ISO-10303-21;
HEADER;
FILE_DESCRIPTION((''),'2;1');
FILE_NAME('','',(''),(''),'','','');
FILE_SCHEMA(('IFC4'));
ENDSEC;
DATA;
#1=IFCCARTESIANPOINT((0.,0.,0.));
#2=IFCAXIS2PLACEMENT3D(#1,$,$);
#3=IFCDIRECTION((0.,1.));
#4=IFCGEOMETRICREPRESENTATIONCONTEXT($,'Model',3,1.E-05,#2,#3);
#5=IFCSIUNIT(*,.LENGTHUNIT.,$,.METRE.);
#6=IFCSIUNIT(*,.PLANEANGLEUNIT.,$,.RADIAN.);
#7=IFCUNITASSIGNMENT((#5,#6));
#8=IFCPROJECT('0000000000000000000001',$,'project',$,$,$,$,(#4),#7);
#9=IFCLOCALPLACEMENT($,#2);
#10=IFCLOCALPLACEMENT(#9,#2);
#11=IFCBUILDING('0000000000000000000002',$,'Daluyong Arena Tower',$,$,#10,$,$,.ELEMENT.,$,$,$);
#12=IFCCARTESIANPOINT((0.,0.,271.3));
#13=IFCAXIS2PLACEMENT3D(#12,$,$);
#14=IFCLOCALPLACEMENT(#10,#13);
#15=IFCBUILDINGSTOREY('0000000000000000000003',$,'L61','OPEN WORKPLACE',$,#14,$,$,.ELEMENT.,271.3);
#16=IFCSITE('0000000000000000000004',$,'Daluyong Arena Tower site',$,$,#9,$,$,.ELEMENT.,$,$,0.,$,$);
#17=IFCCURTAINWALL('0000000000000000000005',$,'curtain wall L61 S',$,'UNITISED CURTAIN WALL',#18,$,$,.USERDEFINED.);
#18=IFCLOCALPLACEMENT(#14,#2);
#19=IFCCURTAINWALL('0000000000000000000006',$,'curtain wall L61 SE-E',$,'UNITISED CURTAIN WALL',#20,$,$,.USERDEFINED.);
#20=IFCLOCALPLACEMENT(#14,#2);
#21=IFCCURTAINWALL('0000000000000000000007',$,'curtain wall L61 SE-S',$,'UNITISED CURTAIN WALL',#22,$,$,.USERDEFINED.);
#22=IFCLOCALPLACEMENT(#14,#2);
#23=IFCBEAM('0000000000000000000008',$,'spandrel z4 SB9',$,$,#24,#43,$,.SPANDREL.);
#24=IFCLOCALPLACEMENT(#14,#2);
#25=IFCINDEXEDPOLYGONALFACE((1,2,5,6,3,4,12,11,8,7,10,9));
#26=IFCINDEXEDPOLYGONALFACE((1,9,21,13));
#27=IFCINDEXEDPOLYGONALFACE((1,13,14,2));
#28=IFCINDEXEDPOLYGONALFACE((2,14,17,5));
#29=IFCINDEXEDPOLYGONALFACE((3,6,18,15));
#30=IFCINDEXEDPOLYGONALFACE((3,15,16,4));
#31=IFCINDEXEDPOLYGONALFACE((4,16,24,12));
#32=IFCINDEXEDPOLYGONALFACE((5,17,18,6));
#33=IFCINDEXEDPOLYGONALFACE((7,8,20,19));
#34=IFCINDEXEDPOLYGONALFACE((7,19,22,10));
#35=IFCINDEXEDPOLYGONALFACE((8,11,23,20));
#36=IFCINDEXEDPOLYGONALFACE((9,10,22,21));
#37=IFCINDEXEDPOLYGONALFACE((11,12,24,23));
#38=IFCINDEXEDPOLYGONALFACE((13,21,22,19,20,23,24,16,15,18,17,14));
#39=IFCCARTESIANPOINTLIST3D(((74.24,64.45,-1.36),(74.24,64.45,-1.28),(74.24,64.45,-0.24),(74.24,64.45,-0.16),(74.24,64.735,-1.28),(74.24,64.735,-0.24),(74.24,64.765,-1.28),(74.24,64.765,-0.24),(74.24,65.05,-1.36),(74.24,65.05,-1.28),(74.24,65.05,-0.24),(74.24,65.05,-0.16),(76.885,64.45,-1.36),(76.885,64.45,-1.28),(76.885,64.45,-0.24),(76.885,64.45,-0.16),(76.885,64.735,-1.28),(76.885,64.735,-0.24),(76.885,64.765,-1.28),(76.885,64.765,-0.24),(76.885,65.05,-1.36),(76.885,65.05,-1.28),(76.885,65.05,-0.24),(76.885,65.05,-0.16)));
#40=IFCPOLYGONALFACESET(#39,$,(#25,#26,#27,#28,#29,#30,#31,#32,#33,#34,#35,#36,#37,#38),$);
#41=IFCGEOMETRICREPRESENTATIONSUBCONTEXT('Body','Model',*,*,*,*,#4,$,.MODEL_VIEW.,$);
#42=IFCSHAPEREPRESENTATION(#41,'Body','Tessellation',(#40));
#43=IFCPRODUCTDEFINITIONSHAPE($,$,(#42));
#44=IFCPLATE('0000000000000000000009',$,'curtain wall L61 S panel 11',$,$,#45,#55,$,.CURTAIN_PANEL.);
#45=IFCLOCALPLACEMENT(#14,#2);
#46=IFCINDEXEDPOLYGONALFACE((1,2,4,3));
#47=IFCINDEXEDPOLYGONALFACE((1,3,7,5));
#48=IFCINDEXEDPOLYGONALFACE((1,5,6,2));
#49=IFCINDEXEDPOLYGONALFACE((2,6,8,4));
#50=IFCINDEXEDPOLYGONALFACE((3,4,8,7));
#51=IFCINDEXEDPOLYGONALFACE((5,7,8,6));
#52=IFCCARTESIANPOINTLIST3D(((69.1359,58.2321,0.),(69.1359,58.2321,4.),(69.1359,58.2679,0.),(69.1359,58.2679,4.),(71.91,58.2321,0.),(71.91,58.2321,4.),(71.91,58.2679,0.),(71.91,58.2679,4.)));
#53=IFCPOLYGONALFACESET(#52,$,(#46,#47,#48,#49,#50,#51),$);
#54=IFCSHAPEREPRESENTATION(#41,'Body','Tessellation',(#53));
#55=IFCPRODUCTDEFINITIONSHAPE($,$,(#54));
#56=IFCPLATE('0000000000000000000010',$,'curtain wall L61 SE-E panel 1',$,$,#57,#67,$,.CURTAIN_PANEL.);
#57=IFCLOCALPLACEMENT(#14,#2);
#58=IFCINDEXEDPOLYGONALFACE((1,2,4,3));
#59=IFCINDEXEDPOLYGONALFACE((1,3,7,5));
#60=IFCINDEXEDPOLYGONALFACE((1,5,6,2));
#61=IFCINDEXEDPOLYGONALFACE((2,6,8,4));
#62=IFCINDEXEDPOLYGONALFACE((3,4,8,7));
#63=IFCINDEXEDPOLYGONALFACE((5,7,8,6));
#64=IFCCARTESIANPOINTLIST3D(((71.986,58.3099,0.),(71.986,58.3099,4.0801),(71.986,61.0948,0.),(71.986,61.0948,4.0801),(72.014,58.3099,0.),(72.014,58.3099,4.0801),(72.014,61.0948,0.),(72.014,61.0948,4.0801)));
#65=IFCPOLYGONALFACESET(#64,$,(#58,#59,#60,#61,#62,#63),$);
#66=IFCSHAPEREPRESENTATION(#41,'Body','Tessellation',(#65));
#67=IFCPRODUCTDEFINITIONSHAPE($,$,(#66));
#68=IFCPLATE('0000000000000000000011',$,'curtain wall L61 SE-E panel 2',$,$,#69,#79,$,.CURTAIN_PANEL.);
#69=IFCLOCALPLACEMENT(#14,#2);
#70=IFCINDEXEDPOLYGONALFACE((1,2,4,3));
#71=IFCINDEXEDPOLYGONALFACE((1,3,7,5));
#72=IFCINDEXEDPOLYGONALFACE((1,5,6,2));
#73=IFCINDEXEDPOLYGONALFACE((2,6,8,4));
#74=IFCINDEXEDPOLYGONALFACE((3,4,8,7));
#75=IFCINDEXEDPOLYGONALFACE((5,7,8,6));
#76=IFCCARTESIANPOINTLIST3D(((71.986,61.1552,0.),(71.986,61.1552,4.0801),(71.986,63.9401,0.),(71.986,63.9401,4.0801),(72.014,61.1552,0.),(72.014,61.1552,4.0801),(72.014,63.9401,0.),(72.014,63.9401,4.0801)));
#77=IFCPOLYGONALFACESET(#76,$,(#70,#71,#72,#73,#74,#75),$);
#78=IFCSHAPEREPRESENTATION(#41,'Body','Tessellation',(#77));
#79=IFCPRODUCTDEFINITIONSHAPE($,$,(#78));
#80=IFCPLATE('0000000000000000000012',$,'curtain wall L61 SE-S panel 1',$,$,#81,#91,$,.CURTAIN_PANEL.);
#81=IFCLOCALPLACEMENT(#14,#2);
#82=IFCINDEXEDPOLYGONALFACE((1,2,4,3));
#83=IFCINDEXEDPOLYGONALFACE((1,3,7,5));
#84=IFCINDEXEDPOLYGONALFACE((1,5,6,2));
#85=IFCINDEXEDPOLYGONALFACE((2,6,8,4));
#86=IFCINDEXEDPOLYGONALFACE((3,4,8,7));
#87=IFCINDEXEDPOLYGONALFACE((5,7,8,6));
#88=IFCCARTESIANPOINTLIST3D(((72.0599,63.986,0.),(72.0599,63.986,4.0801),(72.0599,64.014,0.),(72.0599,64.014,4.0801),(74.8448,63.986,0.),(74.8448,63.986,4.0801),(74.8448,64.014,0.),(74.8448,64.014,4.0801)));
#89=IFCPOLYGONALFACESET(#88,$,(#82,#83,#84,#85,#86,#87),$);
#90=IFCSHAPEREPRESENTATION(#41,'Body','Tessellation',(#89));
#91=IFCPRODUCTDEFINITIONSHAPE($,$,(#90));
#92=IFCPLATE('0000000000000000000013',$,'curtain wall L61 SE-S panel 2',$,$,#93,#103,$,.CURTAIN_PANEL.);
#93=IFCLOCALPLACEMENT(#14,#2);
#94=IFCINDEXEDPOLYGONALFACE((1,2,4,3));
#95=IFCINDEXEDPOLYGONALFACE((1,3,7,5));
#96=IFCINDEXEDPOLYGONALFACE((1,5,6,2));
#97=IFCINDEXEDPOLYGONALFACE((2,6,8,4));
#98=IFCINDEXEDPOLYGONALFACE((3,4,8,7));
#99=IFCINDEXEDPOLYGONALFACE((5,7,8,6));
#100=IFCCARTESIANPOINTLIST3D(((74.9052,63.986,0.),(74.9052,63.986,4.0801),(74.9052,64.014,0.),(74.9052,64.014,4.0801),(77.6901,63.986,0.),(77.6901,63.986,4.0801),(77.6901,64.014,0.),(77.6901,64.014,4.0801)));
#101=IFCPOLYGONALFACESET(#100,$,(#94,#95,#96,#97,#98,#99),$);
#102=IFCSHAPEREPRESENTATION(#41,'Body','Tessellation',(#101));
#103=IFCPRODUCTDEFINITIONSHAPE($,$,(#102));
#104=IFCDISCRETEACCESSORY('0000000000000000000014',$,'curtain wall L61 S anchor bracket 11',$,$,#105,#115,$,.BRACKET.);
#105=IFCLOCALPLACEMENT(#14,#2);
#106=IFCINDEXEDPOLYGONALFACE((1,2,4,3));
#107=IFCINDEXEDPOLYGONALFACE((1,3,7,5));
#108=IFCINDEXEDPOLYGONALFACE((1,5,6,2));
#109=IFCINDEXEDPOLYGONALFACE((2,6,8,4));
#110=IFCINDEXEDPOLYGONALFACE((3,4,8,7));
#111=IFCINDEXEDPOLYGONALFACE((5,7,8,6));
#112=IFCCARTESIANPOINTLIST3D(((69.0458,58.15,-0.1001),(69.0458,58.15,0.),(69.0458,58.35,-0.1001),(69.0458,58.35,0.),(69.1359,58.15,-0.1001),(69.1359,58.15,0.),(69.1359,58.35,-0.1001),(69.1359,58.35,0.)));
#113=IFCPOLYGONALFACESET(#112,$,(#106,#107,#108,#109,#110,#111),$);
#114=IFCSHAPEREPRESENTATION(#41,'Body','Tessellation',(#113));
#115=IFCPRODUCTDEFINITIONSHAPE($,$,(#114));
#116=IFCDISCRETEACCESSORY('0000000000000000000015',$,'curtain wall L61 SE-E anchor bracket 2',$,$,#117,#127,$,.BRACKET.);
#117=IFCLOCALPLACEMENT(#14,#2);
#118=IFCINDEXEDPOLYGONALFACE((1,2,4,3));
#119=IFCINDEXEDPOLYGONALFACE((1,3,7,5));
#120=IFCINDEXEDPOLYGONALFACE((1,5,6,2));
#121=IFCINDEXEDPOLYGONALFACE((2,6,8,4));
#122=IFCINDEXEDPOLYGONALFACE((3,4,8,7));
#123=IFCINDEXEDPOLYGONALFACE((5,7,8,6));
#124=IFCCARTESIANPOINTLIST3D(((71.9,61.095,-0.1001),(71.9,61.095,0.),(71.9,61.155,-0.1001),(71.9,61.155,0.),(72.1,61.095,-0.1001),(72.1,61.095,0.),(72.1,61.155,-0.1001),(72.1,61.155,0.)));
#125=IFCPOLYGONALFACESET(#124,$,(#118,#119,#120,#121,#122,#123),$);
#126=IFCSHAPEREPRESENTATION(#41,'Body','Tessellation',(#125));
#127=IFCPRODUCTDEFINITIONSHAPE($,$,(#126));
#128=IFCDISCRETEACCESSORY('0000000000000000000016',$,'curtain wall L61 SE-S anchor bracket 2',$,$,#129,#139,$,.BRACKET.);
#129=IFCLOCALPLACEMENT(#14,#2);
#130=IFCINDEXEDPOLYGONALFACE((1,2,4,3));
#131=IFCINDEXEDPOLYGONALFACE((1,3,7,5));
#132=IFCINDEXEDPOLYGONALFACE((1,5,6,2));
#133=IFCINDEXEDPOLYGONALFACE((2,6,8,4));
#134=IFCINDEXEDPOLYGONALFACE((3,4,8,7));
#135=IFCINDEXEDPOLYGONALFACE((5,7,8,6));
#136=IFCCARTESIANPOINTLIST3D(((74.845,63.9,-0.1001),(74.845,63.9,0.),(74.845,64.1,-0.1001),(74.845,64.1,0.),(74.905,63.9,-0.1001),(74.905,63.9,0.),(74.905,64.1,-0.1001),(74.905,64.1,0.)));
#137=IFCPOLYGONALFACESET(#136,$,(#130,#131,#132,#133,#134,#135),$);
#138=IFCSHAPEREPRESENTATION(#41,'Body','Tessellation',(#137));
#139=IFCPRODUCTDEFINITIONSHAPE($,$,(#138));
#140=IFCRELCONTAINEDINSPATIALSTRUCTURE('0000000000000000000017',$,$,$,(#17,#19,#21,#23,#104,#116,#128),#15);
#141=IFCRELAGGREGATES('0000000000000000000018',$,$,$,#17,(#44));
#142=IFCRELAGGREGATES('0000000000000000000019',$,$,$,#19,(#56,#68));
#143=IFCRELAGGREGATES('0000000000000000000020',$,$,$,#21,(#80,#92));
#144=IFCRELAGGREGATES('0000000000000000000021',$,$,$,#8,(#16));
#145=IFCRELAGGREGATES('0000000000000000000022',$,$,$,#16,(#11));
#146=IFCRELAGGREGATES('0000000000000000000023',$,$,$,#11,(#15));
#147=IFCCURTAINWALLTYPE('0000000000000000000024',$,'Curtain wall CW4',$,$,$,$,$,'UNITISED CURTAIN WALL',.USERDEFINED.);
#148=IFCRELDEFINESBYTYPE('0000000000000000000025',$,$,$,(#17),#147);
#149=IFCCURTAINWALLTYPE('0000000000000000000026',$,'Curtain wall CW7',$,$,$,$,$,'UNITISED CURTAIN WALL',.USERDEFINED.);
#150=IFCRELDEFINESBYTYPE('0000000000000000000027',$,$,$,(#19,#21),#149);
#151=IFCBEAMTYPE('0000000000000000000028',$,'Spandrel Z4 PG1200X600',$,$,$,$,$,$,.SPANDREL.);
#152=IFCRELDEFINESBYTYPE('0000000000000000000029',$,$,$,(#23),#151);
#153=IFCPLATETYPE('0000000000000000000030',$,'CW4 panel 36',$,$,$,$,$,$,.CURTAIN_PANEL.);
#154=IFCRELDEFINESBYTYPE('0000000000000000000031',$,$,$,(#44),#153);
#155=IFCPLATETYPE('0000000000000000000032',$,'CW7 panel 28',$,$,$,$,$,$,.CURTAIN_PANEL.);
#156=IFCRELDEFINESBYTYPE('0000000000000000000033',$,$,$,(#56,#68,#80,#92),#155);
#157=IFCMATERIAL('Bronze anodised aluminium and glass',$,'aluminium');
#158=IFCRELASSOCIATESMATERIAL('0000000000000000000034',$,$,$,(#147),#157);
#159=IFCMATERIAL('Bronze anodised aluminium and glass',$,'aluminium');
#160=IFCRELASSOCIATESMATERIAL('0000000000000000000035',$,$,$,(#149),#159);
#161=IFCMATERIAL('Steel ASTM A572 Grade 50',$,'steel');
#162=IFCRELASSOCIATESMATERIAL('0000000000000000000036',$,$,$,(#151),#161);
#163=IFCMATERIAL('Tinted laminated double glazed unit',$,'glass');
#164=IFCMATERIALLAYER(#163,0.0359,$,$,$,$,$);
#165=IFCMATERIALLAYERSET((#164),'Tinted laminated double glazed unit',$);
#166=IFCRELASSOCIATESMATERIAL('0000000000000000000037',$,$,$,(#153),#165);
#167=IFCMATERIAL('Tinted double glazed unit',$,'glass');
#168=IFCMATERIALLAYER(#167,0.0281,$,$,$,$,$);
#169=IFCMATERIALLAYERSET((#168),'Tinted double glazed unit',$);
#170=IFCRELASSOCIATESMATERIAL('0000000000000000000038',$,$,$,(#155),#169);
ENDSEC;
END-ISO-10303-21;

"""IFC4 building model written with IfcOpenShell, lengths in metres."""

from ifc_helpers import new_model, si_unit, direction, frame, origin, origin_2d, place, context, subcontext, project, spatial, rectangle, i_section, extrude, material, layer, layer_set, material_profile, profile_set, type_object, element, aggregate, save


model = new_model("IFC4")

# Units and contexts
model_context = context("Model", 3, precision=1e-05, world=origin(), true_north=direction((0.0, 1.0)))
body_context = subcontext(model_context, "Body", "Model", "MODEL_VIEW")
ifc_project = project(units=[si_unit("LENGTHUNIT", "METRE"), si_unit("PLANEANGLEUNIT", "RADIAN")], contexts=[model_context])

# Site, building, storey
site_placement = place(None, origin())
site = spatial("IfcSite", under=ifc_project, at=site_placement, Name="Daluyong Arena Tower site", CompositionType="ELEMENT", RefElevation=0.0)
building_placement = place(site_placement, origin())
building = spatial("IfcBuilding", under=site, at=building_placement, Name="Daluyong Arena Tower", CompositionType="ELEMENT")
storey_placement = place(building_placement, frame((0.0, 0.0, 271.3)))
storey = spatial("IfcBuildingStorey", under=building, at=storey_placement, Name="L61", Description="OPEN WORKPLACE", CompositionType="ELEMENT", Elevation=271.3)

# Curtain wall
ifc_material_1 = material(Name="Bronze anodised aluminium and glass", Category="aluminium")
curtain_wall_type_1 = type_object("IfcCurtainWallType", Name="Curtain wall CW4", ElementType="UNITISED CURTAIN WALL", PredefinedType="USERDEFINED", material=ifc_material_1)
curtain_wall_1_placement = place(storey_placement, origin())
curtain_wall_1 = element("IfcCurtainWall", 1, at=curtain_wall_1_placement, inside=storey, type_object=curtain_wall_type_1, Name="curtain wall L61 S", ObjectType="UNITISED CURTAIN WALL", PredefinedType="USERDEFINED")

# Curtain walls
ifc_material_2 = material(Name="Bronze anodised aluminium and glass", Category="aluminium")
curtain_wall_type_2 = type_object("IfcCurtainWallType", Name="Curtain wall CW7", ElementType="UNITISED CURTAIN WALL", PredefinedType="USERDEFINED", material=ifc_material_2)
curtain_wall_2_placement = place(storey_placement, origin())
curtain_wall_2 = element("IfcCurtainWall", 2, at=curtain_wall_2_placement, inside=storey, type_object=curtain_wall_type_2, Name="curtain wall L61 SE-E", ObjectType="UNITISED CURTAIN WALL", PredefinedType="USERDEFINED")
curtain_wall_3_placement = place(storey_placement, origin())
curtain_wall_3 = element("IfcCurtainWall", 3, at=curtain_wall_3_placement, inside=storey, type_object=curtain_wall_type_2, Name="curtain wall L61 SE-S", ObjectType="UNITISED CURTAIN WALL", PredefinedType="USERDEFINED")

# Beam
ifc_material_3 = material(Name="Steel ASTM A572 Grade 50", Category="steel")
ifc_material_profile_1 = material_profile(ifc_material_3, i_section(OverallWidth=0.6001, OverallDepth=1.2, WebThickness=0.03, FlangeThickness=0.08, at=origin_2d()))
ifc_profile_set_1 = profile_set([ifc_material_profile_1], Name="Steel ASTM A572 Grade 50")
beam_type_1 = type_object("IfcBeamType", Name="Spandrel Z4 PG1200X600", PredefinedType="SPANDREL", material=ifc_profile_set_1)
for number, where, z_axis, x_axis, name in (
    (4, (74.24, 64.75, -0.76), (1.0, 0.0, 0.0), (0.0, 1.0, 0.0), "spandrel z4 SB9"),
):
    element("IfcBeam", number, at=place(storey_placement, frame(where, z_axis=z_axis, x_axis=x_axis)), inside=storey, type_object=beam_type_1, Name=name, PredefinedType="SPANDREL", context=body_context, shape_type="SweptSolid", body=[
        extrude(i_section(OverallWidth=0.6001, OverallDepth=1.2, WebThickness=0.03, FlangeThickness=0.08, at=origin_2d()), origin(), (0.0, 0.0, 1.0), 2.645),
    ])

# Plates
ifc_material_4 = material(Name="Tinted laminated double glazed unit", Category="glass")
ifc_layer_1 = layer(ifc_material_4, 0.0359)
ifc_layer_set_1 = layer_set([ifc_layer_1], Name="Tinted laminated double glazed unit")
plate_type_1 = type_object("IfcPlateType", Name="CW4 panel 36", PredefinedType="CURTAIN_PANEL", material=ifc_layer_set_1)
plate_1_placement = place(storey_placement, frame((70.5229, 58.25, 0.0), z_axis=(0.0, 0.0, 1.0), x_axis=(1.0, 0.0, 0.0)))
plate_1 = element("IfcPlate", 5, at=plate_1_placement, type_object=plate_type_1, Name="curtain wall L61 S panel 11", PredefinedType="CURTAIN_PANEL", context=body_context, shape_type="SweptSolid", body=[
    extrude(rectangle(XDim=2.7742, YDim=0.0359, at=origin_2d()), origin(), (0.0, 0.0, 1.0), 4.0),
])
aggregate(curtain_wall_1, [plate_1])
ifc_material_5 = material(Name="Tinted double glazed unit", Category="glass")
ifc_layer_2 = layer(ifc_material_5, 0.0281)
ifc_layer_set_2 = layer_set([ifc_layer_2], Name="Tinted double glazed unit")
plate_type_2 = type_object("IfcPlateType", Name="CW7 panel 28", PredefinedType="CURTAIN_PANEL", material=ifc_layer_set_2)
plate_2_placement = place(storey_placement, frame((72.0, 59.7024, 0.0), z_axis=(0.0, 0.0, 1.0), x_axis=(0.0, 1.0, 0.0)))
plate_2 = element("IfcPlate", 6, at=plate_2_placement, type_object=plate_type_2, Name="curtain wall L61 SE-E panel 1", PredefinedType="CURTAIN_PANEL", context=body_context, shape_type="SweptSolid", body=[
    extrude(rectangle(XDim=2.7849, YDim=0.0281, at=origin_2d()), origin(), (0.0, 0.0, 1.0), 4.0801),
])
plate_3_placement = place(storey_placement, frame((72.0, 62.5476, 0.0), z_axis=(0.0, 0.0, 1.0), x_axis=(0.0, 1.0, 0.0)))
plate_3 = element("IfcPlate", 7, at=plate_3_placement, type_object=plate_type_2, Name="curtain wall L61 SE-E panel 2", PredefinedType="CURTAIN_PANEL", context=body_context, shape_type="SweptSolid", body=[
    extrude(rectangle(XDim=2.7849, YDim=0.0281, at=origin_2d()), origin(), (0.0, 0.0, 1.0), 4.0801),
])
aggregate(curtain_wall_2, [plate_2, plate_3])
plate_4_placement = place(storey_placement, frame((73.4524, 64.0, 0.0), z_axis=(0.0, 0.0, 1.0), x_axis=(1.0, 0.0, 0.0)))
plate_4 = element("IfcPlate", 8, at=plate_4_placement, type_object=plate_type_2, Name="curtain wall L61 SE-S panel 1", PredefinedType="CURTAIN_PANEL", context=body_context, shape_type="SweptSolid", body=[
    extrude(rectangle(XDim=2.7849, YDim=0.0281, at=origin_2d()), origin(), (0.0, 0.0, 1.0), 4.0801),
])
plate_5_placement = place(storey_placement, frame((76.2976, 64.0, 0.0), z_axis=(0.0, 0.0, 1.0), x_axis=(1.0, 0.0, 0.0)))
plate_5 = element("IfcPlate", 9, at=plate_5_placement, type_object=plate_type_2, Name="curtain wall L61 SE-S panel 2", PredefinedType="CURTAIN_PANEL", context=body_context, shape_type="SweptSolid", body=[
    extrude(rectangle(XDim=2.7849, YDim=0.0281, at=origin_2d()), origin(), (0.0, 0.0, 1.0), 4.0801),
])
aggregate(curtain_wall_3, [plate_4, plate_5])

# Discrete accessories
discrete_accessory_placement = place(storey_placement, frame((69.0908, 58.25, -0.1001), z_axis=(0.0, 0.0, 1.0), x_axis=(1.0, 0.0, 0.0)))
element("IfcDiscreteAccessory", 10, at=discrete_accessory_placement, inside=storey, Name="curtain wall L61 S anchor bracket 11", PredefinedType="BRACKET", context=body_context, shape_type="SweptSolid", body=[
    extrude(rectangle(XDim=0.0901, YDim=0.2, at=origin_2d()), origin(), (0.0, 0.0, 1.0), 0.1001),
])
for number, where, z_axis, x_axis, name in (
    (11, (72.0, 61.125, -0.1001), (0.0, 0.0, 1.0), (0.0, 1.0, 0.0), "curtain wall L61 SE-E anchor bracket 2"),
    (12, (74.875, 64.0, -0.1001), (0.0, 0.0, 1.0), (1.0, 0.0, 0.0), "curtain wall L61 SE-S anchor bracket 2"),
):
    element("IfcDiscreteAccessory", number, at=place(storey_placement, frame(where, z_axis=z_axis, x_axis=x_axis)), inside=storey, Name=name, PredefinedType="BRACKET", context=body_context, shape_type="SweptSolid", body=[
        extrude(rectangle(XDim=0.0601, YDim=0.2, at=origin_2d()), origin(), (0.0, 0.0, 1.0), 0.1001),
    ])

save(model, "model.ifc")
